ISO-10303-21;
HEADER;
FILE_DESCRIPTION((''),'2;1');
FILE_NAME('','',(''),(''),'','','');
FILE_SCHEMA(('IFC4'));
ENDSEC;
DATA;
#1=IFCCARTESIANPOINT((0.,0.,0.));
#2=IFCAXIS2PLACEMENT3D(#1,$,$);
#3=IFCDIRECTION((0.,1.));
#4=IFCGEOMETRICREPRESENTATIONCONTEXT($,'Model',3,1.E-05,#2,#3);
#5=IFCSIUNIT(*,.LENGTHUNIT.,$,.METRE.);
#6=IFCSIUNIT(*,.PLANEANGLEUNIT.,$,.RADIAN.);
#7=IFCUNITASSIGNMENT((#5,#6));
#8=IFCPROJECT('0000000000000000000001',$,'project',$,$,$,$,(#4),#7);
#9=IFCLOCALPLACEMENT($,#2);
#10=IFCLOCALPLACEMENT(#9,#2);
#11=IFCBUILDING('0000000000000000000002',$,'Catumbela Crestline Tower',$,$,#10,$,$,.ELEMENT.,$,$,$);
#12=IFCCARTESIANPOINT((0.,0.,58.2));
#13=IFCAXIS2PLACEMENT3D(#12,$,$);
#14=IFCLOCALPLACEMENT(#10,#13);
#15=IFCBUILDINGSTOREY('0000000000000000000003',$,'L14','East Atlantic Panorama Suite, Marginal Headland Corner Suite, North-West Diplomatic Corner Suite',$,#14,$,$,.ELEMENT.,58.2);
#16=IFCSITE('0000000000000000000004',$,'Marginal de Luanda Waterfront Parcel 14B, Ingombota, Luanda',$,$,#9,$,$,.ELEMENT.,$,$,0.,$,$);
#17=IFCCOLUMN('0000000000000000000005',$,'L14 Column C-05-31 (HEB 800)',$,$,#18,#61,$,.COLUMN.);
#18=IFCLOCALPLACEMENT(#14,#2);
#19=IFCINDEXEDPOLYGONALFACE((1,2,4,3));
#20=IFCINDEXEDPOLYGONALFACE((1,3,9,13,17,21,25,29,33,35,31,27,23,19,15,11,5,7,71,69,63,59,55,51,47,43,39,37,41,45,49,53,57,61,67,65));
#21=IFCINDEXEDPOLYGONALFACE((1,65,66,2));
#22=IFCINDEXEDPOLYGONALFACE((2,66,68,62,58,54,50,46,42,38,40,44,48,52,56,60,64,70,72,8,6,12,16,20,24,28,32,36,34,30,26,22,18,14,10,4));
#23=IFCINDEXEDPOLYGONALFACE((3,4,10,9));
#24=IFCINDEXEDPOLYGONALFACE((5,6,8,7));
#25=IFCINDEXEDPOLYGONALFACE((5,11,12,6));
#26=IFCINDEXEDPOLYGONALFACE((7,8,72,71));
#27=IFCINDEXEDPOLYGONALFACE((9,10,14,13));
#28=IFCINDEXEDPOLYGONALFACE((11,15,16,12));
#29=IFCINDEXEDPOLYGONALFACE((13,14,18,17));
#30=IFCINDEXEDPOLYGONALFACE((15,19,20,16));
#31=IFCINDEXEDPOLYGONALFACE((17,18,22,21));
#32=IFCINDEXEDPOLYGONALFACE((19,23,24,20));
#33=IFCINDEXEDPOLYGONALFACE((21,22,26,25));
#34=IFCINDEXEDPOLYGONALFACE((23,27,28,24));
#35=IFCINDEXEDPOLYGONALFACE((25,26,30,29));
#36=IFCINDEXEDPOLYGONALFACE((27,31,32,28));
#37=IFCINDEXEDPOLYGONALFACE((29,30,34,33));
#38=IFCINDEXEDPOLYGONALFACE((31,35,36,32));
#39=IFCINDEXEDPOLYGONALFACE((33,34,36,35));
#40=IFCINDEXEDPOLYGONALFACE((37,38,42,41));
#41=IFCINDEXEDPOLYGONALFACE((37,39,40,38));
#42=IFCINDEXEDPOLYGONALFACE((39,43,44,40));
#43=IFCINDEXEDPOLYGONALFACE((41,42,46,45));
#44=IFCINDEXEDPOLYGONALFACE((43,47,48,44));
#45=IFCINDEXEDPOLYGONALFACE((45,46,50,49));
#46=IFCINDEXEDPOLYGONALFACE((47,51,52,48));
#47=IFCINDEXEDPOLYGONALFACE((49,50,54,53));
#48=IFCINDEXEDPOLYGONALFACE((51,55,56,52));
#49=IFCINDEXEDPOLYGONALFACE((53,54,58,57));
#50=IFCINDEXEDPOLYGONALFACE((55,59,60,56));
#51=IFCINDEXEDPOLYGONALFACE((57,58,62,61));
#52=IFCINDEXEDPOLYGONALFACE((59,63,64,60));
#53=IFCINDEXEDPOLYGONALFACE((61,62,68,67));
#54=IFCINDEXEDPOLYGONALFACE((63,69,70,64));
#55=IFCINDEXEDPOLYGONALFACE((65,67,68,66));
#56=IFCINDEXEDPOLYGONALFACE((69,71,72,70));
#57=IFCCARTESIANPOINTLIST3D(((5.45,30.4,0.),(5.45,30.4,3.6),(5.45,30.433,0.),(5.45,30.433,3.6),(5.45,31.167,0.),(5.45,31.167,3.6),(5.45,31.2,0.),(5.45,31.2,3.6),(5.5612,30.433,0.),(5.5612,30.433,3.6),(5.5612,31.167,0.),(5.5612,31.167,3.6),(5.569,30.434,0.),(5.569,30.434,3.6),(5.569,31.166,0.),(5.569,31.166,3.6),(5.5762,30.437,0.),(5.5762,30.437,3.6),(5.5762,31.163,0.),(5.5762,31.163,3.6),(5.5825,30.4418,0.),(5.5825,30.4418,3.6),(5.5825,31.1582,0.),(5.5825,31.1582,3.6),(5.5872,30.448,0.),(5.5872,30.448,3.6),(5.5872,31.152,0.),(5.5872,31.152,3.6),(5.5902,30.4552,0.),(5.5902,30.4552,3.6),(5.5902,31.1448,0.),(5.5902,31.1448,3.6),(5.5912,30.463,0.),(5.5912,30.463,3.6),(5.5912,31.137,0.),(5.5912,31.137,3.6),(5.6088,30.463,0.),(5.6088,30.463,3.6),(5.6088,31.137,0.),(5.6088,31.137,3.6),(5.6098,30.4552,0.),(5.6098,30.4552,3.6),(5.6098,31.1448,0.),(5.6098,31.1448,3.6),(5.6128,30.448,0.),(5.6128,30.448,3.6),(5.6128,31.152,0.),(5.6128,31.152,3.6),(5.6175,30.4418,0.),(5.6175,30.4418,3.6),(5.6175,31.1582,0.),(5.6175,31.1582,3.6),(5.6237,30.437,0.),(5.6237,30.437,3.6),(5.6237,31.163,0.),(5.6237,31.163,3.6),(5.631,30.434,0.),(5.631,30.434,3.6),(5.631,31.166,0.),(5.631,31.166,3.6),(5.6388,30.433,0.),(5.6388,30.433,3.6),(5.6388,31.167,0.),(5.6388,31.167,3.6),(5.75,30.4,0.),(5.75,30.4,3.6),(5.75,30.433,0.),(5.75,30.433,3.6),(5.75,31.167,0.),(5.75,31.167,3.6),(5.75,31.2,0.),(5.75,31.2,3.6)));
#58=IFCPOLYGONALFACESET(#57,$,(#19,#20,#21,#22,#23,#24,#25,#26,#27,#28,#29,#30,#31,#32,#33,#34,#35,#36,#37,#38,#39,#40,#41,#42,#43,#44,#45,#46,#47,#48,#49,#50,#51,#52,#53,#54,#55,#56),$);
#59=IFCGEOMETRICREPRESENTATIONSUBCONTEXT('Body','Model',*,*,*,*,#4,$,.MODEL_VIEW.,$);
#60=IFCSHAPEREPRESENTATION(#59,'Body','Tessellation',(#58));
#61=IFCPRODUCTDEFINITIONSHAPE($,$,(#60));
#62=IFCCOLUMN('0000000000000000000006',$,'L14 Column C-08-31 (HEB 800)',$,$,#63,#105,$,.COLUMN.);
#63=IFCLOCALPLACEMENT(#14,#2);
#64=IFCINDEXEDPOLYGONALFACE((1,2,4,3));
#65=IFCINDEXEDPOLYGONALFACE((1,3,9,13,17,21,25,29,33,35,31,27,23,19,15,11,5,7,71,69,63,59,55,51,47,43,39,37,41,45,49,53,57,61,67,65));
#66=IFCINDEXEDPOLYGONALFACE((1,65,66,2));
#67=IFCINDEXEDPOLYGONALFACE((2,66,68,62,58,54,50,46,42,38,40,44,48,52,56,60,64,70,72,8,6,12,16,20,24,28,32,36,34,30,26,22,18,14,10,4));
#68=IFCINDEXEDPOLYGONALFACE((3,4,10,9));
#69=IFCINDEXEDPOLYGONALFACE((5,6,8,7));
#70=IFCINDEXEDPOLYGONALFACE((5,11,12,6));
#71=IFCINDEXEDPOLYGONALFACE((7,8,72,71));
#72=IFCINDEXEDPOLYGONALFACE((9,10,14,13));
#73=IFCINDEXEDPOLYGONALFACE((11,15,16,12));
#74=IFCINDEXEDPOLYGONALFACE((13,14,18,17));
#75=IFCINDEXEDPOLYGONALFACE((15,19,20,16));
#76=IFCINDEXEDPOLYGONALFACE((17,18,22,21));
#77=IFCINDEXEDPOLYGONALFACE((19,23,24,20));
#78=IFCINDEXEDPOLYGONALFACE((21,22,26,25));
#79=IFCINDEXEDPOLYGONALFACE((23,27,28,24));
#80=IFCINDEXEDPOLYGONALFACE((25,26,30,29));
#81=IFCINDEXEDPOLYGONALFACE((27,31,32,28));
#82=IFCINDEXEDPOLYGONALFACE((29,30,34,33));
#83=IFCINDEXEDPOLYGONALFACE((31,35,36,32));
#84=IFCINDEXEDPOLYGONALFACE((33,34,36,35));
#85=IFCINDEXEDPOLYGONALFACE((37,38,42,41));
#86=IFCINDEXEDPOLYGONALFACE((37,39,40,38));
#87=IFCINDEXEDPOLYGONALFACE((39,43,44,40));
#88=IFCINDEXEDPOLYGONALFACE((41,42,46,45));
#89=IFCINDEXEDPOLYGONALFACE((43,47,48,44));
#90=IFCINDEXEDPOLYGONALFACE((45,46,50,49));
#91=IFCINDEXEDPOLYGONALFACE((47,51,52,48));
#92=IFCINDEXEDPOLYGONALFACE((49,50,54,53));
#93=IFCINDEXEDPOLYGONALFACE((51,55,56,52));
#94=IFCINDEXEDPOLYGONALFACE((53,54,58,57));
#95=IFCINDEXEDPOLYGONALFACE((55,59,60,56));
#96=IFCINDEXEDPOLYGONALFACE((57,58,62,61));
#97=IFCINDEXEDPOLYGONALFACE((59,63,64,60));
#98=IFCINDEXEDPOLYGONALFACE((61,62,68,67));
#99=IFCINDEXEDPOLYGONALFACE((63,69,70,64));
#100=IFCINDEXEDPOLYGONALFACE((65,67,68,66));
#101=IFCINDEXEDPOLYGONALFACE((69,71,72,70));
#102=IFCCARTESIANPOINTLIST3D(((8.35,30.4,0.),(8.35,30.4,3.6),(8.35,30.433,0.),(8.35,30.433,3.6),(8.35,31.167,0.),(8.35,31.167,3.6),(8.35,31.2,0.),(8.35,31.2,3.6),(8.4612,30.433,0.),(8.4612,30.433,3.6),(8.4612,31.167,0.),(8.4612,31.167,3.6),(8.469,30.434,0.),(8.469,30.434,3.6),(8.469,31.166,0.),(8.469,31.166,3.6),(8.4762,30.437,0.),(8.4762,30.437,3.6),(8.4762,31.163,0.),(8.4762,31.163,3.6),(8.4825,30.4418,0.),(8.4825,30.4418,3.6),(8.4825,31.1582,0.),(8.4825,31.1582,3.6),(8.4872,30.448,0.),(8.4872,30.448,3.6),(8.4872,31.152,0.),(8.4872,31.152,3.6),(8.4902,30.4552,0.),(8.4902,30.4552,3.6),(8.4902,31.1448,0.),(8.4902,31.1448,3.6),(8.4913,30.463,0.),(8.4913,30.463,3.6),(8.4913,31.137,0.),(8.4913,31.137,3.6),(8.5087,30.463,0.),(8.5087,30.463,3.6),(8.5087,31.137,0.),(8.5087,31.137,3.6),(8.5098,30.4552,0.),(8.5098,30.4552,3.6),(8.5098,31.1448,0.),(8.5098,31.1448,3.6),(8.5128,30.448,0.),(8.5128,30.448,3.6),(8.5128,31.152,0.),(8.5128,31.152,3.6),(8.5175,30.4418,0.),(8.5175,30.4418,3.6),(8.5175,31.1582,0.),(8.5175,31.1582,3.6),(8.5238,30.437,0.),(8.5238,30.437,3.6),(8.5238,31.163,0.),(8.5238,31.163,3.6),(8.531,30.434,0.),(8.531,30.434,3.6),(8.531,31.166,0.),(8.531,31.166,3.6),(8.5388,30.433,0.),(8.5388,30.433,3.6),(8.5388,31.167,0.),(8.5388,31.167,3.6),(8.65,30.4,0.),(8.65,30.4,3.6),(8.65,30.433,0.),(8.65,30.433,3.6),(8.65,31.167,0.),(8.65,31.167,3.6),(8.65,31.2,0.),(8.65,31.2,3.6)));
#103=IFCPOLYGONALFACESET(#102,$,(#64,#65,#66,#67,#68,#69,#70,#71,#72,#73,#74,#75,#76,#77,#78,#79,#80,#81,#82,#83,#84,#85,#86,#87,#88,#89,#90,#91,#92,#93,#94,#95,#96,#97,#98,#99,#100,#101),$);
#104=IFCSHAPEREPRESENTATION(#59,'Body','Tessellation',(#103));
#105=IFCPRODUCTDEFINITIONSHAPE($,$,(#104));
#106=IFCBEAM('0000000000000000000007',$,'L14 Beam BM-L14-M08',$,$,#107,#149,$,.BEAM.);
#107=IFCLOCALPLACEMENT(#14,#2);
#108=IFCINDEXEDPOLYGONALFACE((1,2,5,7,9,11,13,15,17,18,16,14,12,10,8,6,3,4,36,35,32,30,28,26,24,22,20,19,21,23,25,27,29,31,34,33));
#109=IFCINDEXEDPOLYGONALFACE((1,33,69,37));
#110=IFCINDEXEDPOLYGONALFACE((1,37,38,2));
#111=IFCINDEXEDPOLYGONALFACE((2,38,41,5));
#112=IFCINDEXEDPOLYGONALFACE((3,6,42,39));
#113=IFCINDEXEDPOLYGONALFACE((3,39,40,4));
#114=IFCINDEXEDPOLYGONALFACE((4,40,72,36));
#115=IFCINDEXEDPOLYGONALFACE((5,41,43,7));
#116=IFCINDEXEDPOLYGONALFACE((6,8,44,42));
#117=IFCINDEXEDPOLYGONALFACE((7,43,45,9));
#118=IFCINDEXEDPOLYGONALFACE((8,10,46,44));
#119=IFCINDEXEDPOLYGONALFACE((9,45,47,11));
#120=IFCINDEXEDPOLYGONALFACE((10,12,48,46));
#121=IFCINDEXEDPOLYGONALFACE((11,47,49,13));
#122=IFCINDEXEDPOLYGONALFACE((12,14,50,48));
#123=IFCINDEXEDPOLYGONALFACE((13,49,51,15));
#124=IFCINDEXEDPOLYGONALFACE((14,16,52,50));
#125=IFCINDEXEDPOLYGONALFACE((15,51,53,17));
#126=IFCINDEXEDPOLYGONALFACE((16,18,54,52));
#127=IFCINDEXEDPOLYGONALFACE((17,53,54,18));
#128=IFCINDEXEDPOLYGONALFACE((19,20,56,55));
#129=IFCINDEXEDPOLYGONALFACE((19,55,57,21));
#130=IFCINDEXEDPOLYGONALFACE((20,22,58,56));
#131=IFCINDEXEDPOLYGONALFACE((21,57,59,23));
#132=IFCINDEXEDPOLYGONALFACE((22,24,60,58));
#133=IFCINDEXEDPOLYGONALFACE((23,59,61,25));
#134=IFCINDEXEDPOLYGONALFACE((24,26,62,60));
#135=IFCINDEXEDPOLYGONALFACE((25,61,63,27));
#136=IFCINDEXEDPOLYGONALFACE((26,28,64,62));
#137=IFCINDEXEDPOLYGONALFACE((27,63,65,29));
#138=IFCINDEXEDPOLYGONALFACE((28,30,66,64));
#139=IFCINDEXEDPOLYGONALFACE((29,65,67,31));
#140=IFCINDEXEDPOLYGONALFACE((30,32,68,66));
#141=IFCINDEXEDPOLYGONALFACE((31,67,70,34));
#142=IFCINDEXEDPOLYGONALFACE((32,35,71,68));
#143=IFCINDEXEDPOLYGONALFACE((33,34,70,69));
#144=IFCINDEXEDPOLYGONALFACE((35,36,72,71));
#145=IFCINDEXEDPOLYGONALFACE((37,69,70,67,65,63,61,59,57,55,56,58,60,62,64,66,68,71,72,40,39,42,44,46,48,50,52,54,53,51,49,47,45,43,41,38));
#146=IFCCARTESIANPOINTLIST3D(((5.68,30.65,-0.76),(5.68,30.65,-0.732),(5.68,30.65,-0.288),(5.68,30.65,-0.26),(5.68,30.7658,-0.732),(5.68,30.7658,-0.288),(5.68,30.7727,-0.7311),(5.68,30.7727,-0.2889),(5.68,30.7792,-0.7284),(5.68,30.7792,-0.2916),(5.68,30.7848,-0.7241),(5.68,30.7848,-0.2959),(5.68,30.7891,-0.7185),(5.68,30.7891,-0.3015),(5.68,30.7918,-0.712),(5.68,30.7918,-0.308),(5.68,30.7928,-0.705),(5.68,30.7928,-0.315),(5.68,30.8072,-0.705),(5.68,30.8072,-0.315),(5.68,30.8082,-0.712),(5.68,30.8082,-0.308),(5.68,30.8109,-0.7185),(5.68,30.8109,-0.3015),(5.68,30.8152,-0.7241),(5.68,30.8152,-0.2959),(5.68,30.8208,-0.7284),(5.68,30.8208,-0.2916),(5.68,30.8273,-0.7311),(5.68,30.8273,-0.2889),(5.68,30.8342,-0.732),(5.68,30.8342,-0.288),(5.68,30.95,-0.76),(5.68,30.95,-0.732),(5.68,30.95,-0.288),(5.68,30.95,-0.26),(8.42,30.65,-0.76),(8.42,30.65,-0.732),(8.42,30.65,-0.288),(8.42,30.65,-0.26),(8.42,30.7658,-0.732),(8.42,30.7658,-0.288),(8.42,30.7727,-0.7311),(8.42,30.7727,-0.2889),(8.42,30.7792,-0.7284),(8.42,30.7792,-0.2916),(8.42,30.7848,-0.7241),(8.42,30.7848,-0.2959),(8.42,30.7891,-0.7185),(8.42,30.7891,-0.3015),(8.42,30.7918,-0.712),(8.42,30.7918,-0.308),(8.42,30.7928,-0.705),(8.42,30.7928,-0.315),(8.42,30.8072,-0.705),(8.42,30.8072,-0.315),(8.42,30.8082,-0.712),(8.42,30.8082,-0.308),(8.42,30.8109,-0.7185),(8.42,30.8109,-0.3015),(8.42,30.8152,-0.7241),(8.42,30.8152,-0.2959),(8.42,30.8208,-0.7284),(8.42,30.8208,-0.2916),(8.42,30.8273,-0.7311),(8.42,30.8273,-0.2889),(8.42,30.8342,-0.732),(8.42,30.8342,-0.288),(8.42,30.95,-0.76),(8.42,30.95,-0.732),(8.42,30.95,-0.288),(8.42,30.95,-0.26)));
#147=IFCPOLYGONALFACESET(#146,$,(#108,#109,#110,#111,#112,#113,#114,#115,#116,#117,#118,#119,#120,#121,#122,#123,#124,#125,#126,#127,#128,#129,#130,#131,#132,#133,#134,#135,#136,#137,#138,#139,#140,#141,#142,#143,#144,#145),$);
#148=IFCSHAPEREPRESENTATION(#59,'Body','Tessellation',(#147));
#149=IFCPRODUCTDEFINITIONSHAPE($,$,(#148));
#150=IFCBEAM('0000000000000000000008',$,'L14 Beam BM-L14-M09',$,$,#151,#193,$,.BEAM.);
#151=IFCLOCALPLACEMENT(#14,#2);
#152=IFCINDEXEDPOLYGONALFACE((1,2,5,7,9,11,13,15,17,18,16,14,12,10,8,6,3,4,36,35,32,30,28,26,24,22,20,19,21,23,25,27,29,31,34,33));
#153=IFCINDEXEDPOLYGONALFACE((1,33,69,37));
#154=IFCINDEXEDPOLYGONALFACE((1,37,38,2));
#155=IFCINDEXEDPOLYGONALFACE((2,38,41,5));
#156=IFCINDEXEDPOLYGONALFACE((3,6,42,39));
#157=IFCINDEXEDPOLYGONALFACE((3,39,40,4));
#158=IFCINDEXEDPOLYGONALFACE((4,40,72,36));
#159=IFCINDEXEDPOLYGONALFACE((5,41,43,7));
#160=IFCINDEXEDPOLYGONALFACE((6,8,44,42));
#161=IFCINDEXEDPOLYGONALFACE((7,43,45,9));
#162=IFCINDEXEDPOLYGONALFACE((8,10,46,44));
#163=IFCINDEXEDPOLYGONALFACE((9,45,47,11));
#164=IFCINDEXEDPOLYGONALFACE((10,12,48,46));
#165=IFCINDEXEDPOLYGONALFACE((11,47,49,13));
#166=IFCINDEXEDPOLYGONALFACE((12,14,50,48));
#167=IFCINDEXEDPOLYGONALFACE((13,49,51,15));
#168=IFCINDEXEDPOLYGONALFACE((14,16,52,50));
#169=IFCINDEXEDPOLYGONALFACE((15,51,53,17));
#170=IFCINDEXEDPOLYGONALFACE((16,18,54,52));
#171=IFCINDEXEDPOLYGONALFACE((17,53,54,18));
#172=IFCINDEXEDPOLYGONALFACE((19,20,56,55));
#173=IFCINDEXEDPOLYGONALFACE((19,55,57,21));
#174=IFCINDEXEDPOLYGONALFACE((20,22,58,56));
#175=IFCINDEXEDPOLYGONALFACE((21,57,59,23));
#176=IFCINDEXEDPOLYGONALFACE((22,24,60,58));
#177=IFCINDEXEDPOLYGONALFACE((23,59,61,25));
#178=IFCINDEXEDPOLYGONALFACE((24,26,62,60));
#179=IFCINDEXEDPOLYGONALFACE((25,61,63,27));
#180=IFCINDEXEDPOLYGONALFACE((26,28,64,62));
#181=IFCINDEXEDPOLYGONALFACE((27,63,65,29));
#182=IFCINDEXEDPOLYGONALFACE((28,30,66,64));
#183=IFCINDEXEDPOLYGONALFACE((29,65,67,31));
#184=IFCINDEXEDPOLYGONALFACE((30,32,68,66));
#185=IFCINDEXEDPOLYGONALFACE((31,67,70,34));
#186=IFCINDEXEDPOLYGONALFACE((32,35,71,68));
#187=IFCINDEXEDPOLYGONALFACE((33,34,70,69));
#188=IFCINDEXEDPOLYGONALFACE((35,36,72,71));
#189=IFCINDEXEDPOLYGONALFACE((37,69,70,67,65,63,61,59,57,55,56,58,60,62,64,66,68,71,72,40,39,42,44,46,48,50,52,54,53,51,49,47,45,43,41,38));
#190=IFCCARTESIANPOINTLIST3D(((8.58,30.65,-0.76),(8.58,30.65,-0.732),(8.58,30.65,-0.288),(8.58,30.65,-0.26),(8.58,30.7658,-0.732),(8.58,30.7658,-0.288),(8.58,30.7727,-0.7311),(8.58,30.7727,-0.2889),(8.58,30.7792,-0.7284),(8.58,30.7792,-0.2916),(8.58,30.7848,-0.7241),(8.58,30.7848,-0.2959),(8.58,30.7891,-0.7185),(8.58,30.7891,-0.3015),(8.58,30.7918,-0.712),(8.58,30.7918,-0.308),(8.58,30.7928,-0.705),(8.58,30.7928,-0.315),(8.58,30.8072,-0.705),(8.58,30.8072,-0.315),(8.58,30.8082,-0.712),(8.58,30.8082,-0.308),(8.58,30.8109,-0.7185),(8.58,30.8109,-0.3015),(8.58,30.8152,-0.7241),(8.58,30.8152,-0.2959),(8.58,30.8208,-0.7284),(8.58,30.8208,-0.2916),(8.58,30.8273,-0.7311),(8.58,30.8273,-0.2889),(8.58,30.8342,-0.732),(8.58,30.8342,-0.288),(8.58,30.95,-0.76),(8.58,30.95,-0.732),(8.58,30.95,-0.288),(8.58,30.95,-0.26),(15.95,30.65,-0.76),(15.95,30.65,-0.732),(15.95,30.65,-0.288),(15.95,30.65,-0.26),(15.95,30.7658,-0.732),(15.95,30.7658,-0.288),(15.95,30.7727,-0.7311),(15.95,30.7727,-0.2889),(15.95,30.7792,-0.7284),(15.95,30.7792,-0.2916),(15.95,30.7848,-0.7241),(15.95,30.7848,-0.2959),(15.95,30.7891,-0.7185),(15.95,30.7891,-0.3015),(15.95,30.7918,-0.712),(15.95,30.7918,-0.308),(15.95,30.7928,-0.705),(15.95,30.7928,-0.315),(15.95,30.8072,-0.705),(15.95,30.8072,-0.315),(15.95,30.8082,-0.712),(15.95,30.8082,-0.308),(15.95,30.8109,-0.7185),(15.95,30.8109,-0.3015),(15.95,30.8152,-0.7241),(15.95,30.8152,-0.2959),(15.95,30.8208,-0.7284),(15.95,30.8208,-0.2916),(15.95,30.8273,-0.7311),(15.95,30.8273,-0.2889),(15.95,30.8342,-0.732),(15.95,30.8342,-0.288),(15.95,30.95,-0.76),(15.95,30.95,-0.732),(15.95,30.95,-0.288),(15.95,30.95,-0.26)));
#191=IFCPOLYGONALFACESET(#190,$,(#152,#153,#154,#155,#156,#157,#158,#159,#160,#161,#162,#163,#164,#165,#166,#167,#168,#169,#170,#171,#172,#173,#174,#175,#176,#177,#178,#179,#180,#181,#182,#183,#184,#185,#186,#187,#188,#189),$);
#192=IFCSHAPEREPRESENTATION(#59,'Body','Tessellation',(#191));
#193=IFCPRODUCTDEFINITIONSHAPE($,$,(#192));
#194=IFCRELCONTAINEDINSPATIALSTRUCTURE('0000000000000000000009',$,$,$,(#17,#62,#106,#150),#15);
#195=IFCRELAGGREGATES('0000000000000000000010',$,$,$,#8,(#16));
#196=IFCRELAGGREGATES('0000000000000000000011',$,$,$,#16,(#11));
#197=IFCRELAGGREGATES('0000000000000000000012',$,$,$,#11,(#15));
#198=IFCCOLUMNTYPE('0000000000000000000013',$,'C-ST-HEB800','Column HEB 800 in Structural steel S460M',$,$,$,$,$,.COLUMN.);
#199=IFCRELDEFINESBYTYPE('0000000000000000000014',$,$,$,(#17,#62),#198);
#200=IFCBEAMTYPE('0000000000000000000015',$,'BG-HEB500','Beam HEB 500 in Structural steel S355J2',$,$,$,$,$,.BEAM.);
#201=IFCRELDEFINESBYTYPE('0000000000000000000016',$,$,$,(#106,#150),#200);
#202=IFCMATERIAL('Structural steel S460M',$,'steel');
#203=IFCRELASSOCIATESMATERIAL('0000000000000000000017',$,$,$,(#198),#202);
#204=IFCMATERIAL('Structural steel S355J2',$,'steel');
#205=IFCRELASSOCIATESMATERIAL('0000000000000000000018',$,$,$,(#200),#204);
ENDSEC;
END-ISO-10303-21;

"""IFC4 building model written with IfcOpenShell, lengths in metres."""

from ifc_helpers import new_model, si_unit, direction, frame, origin, origin_2d, place, context, subcontext, project, spatial, i_section, extrude, material, material_profile, profile_set, type_object, element, save


model = new_model("IFC4")

# Units and contexts
model_context = context("Model", 3, precision=1e-05, world=origin(), true_north=direction((0.0, 1.0)))
body_context = subcontext(model_context, "Body", "Model", "MODEL_VIEW")
ifc_project = project(units=[si_unit("LENGTHUNIT", "METRE"), si_unit("PLANEANGLEUNIT", "RADIAN")], contexts=[model_context])

# Site, building, storey
site_placement = place(None, origin())
site = spatial("IfcSite", under=ifc_project, at=site_placement, Name="Marginal de Luanda Waterfront Parcel 14B, Ingombota, Luanda", CompositionType="ELEMENT", RefElevation=0.0)
building_placement = place(site_placement, origin())
building = spatial("IfcBuilding", under=site, at=building_placement, Name="Catumbela Crestline Tower", CompositionType="ELEMENT")
storey_placement = place(building_placement, frame((0.0, 0.0, 58.2)))
storey = spatial("IfcBuildingStorey", under=building, at=storey_placement, Name="L14", Description="East Atlantic Panorama Suite, Marginal Headland Corner Suite, North-West Diplomatic Corner Suite", CompositionType="ELEMENT", Elevation=58.2)

# Columns
ifc_material_1 = material(Name="Structural steel S460M", Category="steel")
ifc_material_profile_1 = material_profile(ifc_material_1, i_section(OverallWidth=0.3, OverallDepth=0.8, WebThickness=0.0175, FlangeThickness=0.033, FilletRadius=0.03, at=origin_2d()), Name="HEB 800")
ifc_profile_set_1 = profile_set([ifc_material_profile_1], Name="Structural steel S460M")
column_type = type_object("IfcColumnType", Name="C-ST-HEB800", Description="Column HEB 800 in Structural steel S460M", PredefinedType="COLUMN", material=ifc_profile_set_1)
for number, where, z_axis, x_axis, name in (
    (1, (5.6, 30.8, 0.0), (0.0, 0.0, 1.0), (1.0, 0.0, 0.0), "L14 Column C-05-31 (HEB 800)"),
    (2, (8.5, 30.8, 0.0), (0.0, 0.0, 1.0), (1.0, 0.0, 0.0), "L14 Column C-08-31 (HEB 800)"),
):
    element("IfcColumn", number, at=place(storey_placement, frame(where, z_axis=z_axis, x_axis=x_axis)), inside=storey, type_object=column_type, Name=name, PredefinedType="COLUMN", context=body_context, shape_type="SweptSolid", body=[
        extrude(i_section(OverallWidth=0.3, OverallDepth=0.8, WebThickness=0.0175, FlangeThickness=0.033, FilletRadius=0.03, at=origin_2d()), origin(), (0.0, 0.0, 1.0), 3.6),
    ])

# Beams
ifc_material_2 = material(Name="Structural steel S355J2", Category="steel")
ifc_material_profile_2 = material_profile(ifc_material_2, i_section(OverallWidth=0.3, OverallDepth=0.5, WebThickness=0.0145, FlangeThickness=0.028, FilletRadius=0.027, at=origin_2d()), Name="HEB 500")
ifc_profile_set_2 = profile_set([ifc_material_profile_2], Name="Structural steel S355J2")
beam_type = type_object("IfcBeamType", Name="BG-HEB500", Description="Beam HEB 500 in Structural steel S355J2", PredefinedType="BEAM", material=ifc_profile_set_2)
beam_1_placement = place(storey_placement, frame((5.68, 30.8, -0.51), z_axis=(1.0, 0.0, 0.0), x_axis=(0.0, 1.0, 0.0)))
element("IfcBeam", 3, at=beam_1_placement, inside=storey, type_object=beam_type, Name="L14 Beam BM-L14-M08", PredefinedType="BEAM", context=body_context, shape_type="SweptSolid", body=[
    extrude(i_section(OverallWidth=0.3, OverallDepth=0.5, WebThickness=0.0145, FlangeThickness=0.028, FilletRadius=0.027, at=origin_2d()), origin(), (0.0, 0.0, 1.0), 2.74),
])
beam_2_placement = place(storey_placement, frame((8.58, 30.8, -0.51), z_axis=(1.0, 0.0, 0.0), x_axis=(0.0, 1.0, 0.0)))
element("IfcBeam", 4, at=beam_2_placement, inside=storey, type_object=beam_type, Name="L14 Beam BM-L14-M09", PredefinedType="BEAM", context=body_context, shape_type="SweptSolid", body=[
    extrude(i_section(OverallWidth=0.3, OverallDepth=0.5, WebThickness=0.0145, FlangeThickness=0.028, FilletRadius=0.027, at=origin_2d()), origin(), (0.0, 0.0, 1.0), 7.37),
])

save(model, "model.ifc")
